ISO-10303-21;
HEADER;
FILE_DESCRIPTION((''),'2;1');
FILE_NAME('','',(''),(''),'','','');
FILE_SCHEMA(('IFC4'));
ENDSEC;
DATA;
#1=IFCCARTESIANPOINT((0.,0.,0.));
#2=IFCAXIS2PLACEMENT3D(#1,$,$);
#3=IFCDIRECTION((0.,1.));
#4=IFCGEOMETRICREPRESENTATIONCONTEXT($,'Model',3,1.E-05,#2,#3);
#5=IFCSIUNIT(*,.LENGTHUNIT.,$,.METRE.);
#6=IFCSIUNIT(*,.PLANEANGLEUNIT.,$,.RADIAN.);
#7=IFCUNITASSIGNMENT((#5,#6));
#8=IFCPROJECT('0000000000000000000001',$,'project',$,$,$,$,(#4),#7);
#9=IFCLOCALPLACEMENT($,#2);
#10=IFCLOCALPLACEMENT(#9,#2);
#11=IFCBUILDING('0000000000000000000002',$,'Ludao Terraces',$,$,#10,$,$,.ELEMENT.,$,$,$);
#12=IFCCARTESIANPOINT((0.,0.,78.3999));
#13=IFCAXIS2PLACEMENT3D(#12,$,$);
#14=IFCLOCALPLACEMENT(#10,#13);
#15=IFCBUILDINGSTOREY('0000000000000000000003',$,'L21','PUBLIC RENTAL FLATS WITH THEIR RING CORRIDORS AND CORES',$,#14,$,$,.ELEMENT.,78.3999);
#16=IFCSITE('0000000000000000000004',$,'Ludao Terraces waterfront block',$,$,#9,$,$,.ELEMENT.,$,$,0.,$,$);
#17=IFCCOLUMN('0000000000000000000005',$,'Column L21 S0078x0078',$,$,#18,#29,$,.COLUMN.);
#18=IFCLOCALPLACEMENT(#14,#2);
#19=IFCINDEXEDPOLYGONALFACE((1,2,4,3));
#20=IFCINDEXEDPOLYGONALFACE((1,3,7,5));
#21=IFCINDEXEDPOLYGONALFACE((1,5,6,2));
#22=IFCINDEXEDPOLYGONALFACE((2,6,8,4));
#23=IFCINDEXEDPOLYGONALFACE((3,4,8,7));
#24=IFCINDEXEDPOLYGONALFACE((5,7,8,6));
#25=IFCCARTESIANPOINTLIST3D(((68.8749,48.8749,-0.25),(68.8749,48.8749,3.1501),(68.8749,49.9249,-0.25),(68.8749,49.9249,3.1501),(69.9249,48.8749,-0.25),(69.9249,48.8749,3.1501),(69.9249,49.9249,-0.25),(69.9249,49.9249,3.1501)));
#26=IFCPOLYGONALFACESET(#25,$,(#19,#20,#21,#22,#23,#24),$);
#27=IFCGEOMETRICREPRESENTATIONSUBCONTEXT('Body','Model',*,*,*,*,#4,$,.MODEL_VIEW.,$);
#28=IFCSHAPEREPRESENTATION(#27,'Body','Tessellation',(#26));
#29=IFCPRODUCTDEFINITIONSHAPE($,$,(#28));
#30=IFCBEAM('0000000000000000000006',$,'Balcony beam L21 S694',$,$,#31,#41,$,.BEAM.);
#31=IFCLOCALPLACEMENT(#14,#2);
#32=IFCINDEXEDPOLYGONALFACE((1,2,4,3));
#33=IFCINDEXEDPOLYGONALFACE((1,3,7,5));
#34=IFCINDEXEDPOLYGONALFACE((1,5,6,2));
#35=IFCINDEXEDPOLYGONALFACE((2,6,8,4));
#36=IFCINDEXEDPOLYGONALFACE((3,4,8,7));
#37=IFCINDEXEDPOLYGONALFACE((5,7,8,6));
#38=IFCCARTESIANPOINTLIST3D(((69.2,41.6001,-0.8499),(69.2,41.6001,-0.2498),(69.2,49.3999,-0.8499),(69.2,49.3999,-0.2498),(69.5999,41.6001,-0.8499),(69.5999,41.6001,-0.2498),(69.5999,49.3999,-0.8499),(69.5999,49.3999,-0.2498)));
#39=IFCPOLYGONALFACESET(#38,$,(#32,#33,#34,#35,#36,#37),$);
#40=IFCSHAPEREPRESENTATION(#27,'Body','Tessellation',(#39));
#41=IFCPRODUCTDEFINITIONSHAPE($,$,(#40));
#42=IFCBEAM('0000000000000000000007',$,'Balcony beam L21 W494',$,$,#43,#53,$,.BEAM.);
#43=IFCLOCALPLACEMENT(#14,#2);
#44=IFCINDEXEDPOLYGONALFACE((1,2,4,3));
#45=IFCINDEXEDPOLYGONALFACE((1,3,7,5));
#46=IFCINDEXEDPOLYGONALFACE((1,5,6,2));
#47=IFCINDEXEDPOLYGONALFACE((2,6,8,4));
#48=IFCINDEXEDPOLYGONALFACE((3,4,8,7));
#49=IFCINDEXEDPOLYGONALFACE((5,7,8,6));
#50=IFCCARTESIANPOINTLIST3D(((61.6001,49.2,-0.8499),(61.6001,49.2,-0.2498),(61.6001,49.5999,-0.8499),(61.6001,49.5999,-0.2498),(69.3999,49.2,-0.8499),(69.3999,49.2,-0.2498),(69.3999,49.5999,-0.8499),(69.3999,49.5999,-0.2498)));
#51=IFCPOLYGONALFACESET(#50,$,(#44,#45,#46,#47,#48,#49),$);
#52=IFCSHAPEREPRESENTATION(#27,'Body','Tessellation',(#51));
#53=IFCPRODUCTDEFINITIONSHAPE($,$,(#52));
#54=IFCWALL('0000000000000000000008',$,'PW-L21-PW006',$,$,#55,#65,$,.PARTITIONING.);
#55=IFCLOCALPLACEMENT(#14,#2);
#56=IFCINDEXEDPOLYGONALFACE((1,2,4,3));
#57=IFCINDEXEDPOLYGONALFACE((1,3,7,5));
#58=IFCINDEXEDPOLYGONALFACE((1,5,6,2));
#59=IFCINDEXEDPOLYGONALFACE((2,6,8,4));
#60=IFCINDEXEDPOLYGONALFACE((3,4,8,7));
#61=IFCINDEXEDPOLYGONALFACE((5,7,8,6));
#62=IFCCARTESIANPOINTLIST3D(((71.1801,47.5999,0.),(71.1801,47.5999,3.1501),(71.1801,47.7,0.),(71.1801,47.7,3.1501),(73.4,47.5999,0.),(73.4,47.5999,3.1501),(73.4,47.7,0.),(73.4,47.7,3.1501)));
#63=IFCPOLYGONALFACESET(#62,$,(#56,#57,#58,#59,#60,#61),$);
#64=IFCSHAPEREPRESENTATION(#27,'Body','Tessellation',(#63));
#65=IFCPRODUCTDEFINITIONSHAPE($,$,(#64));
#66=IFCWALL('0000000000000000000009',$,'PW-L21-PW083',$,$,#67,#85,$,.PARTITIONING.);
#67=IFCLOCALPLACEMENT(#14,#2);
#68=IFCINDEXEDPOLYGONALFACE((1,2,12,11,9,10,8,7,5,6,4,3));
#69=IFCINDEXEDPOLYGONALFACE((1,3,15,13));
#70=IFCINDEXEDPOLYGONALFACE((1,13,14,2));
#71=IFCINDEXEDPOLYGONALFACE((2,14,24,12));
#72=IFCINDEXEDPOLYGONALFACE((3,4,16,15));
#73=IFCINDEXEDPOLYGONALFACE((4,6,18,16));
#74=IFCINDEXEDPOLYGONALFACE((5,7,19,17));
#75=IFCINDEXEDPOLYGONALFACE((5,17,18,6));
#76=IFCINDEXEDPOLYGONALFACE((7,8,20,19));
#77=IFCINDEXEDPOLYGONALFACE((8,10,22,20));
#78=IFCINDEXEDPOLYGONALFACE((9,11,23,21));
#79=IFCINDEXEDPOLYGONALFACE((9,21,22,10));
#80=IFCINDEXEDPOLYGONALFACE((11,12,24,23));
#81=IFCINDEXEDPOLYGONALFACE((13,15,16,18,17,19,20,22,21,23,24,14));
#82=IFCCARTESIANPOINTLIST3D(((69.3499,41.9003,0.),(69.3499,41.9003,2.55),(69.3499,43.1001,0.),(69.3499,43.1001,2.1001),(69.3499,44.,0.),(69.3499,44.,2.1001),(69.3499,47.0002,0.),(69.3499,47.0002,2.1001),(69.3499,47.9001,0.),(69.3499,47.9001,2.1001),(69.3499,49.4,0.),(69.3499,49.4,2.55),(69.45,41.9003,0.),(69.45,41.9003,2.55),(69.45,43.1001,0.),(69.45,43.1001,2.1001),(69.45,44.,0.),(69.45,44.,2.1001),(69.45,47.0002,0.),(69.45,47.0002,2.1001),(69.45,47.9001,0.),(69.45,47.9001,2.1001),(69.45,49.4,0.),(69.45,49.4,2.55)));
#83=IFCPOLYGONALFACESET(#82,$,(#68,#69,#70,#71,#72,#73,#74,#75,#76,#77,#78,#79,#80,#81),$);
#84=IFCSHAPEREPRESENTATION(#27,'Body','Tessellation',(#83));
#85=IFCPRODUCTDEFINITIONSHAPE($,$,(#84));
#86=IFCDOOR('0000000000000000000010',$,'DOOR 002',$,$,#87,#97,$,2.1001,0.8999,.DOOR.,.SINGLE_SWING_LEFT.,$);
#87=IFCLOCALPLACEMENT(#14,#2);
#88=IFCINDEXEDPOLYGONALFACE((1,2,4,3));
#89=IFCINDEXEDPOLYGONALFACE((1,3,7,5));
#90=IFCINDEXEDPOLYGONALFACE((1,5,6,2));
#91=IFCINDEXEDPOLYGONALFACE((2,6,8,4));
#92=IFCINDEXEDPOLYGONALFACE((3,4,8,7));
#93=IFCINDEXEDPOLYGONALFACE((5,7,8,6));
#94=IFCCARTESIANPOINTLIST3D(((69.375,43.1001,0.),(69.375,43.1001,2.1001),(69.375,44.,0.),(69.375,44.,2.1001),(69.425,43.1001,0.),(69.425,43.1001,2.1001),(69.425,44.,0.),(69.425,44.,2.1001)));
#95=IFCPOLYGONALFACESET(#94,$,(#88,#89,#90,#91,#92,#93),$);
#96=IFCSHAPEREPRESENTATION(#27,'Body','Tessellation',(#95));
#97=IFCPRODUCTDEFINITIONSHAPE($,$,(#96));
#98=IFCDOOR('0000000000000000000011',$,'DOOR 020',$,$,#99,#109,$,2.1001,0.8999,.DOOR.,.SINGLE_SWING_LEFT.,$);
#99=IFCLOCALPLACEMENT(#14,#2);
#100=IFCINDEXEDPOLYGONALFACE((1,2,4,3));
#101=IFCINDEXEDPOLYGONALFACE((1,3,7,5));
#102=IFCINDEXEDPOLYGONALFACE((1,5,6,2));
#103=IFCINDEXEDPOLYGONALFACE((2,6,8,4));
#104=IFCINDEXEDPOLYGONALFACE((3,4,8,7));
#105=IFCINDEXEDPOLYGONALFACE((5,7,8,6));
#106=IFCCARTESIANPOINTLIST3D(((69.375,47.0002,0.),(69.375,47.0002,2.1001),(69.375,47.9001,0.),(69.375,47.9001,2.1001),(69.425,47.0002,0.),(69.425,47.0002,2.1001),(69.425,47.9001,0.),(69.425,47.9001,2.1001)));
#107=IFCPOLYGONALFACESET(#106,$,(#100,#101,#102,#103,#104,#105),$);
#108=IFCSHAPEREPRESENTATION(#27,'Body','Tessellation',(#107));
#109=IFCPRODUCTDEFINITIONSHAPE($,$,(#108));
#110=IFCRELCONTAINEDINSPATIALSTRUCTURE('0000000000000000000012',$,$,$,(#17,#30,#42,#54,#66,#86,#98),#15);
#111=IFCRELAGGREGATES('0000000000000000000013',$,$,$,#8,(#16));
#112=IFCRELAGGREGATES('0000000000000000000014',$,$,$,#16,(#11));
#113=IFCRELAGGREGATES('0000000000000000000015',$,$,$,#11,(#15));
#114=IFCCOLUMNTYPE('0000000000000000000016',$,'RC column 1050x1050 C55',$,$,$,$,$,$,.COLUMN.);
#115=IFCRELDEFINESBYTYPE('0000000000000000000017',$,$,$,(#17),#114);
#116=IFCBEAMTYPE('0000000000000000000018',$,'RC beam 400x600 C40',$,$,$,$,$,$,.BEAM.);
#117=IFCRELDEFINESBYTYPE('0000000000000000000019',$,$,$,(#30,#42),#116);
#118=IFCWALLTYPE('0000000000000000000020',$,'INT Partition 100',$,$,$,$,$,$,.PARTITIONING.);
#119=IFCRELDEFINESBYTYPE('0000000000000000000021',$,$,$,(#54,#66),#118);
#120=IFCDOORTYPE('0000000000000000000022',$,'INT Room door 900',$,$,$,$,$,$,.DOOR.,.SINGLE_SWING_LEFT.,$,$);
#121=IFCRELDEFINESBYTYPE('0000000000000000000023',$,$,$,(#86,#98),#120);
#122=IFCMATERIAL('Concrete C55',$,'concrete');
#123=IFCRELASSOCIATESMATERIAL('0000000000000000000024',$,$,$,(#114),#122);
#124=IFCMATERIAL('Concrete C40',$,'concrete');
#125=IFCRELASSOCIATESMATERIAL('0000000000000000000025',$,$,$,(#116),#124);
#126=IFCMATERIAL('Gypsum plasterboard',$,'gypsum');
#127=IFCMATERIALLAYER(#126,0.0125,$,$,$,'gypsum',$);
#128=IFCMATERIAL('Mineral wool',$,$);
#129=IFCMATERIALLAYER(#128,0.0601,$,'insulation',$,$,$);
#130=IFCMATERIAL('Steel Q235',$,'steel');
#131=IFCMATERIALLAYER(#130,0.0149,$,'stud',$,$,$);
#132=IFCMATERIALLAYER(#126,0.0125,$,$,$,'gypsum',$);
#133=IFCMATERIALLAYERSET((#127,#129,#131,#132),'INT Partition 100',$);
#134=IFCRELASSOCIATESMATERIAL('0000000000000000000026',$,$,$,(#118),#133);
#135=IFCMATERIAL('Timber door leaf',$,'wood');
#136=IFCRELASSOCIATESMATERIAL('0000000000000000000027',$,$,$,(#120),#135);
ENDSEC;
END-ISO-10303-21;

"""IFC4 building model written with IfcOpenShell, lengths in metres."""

from ifc_helpers import new_model, si_unit, direction, frame, frame_2d, origin, origin_2d, place, context, subcontext, project, spatial, rectangle, extrude, material, layer, layer_set, material_profile, profile_set, type_object, element, fill, save


model = new_model("IFC4")

# Units and contexts
model_context = context("Model", 3, precision=1e-05, world=origin(), true_north=direction((0.0, 1.0)))
body_context = subcontext(model_context, "Body", "Model", "MODEL_VIEW")
ifc_project = project(units=[si_unit("LENGTHUNIT", "METRE"), si_unit("PLANEANGLEUNIT", "RADIAN")], contexts=[model_context])

# Site, building, storey
site_placement = place(None, origin())
site = spatial("IfcSite", under=ifc_project, at=site_placement, Name="Ludao Terraces waterfront block", CompositionType="ELEMENT", RefElevation=0.0)
building_placement = place(site_placement, origin())
building = spatial("IfcBuilding", under=site, at=building_placement, Name="Ludao Terraces", CompositionType="ELEMENT")
storey_placement = place(building_placement, frame((0.0, 0.0, 78.3999)))
storey = spatial("IfcBuildingStorey", under=building, at=storey_placement, Name="L21", Description="PUBLIC RENTAL FLATS WITH THEIR RING CORRIDORS AND CORES", CompositionType="ELEMENT", Elevation=78.3999)

# Column
ifc_material_1 = material(Name="Concrete C55", Category="concrete")
ifc_material_profile_1 = material_profile(ifc_material_1, rectangle(XDim=1.05, YDim=1.05, at=origin_2d()), Name="1050 X 1050")
ifc_profile_set_1 = profile_set([ifc_material_profile_1], Name="Concrete C55")
column_type = type_object("IfcColumnType", Name="RC column 1050x1050 C55", PredefinedType="COLUMN", material=ifc_profile_set_1)
column_placement = place(storey_placement, frame((69.3999, 49.3999, -0.25), z_axis=(0.0, 0.0, 1.0), x_axis=(1.0, 0.0, 0.0)))
element("IfcColumn", 1, at=column_placement, inside=storey, type_object=column_type, Name="Column L21 S0078x0078", PredefinedType="COLUMN", context=body_context, shape_type="SweptSolid", body=[
    extrude(rectangle(XDim=1.05, YDim=1.05, at=origin_2d()), origin(), (0.0, 0.0, 1.0), 3.4001),
])

# Beams
ifc_material_2 = material(Name="Concrete C40", Category="concrete")
ifc_material_profile_2 = material_profile(ifc_material_2, rectangle(XDim=0.3999, YDim=0.6001, at=origin_2d()), Name="400 X 600")
ifc_profile_set_2 = profile_set([ifc_material_profile_2], Name="Concrete C40")
beam_type = type_object("IfcBeamType", Name="RC beam 400x600 C40", PredefinedType="BEAM", material=ifc_profile_set_2)
for number, where, z_axis, x_axis, name in (
    (2, (69.3999, 49.3999, -0.5498), (0.0, -1.0, 0.0), (1.0, 0.0, 0.0), "Balcony beam L21 S694"),
    (3, (69.3999, 49.3999, -0.5498), (-1.0, 0.0, 0.0), (0.0, -1.0, 0.0), "Balcony beam L21 W494"),
):
    element("IfcBeam", number, at=place(storey_placement, frame(where, z_axis=z_axis, x_axis=x_axis)), inside=storey, type_object=beam_type, Name=name, PredefinedType="BEAM", context=body_context, shape_type="SweptSolid", body=[
        extrude(rectangle(XDim=0.3999, YDim=0.6001, at=origin_2d()), origin(), (0.0, 0.0, 1.0), 7.7998),
    ])

# Wall
ifc_material_3 = material(Name="Gypsum plasterboard", Category="gypsum")
ifc_layer_1 = layer(ifc_material_3, 0.0125, Category="gypsum")
ifc_material_4 = material(Name="Mineral wool")
ifc_layer_2 = layer(ifc_material_4, 0.0601, Name="insulation")
ifc_material_5 = material(Name="Steel Q235", Category="steel")
ifc_layer_3 = layer(ifc_material_5, 0.0149, Name="stud")
ifc_layer_4 = layer(ifc_material_3, 0.0125, Category="gypsum")
ifc_layer_set = layer_set([ifc_layer_1, ifc_layer_2, ifc_layer_3, ifc_layer_4], Name="INT Partition 100")
wall_type = type_object("IfcWallType", Name="INT Partition 100", PredefinedType="PARTITIONING", material=ifc_layer_set)
wall_1_placement = place(storey_placement, frame((71.1802, 47.6499, 0.0), z_axis=(0.0, 0.0, 1.0), x_axis=(1.0, 0.0, 0.0)))
element("IfcWall", 4, at=wall_1_placement, inside=storey, type_object=wall_type, Name="PW-L21-PW006", PredefinedType="PARTITIONING", context=body_context, shape_type="SweptSolid", body=[
    extrude(rectangle(XDim=2.22, YDim=0.1001, at=frame_2d((1.1099, 0.0))), origin(), (0.0, 0.0, 1.0), 3.1501),
])

# Wall, openings, doors
wall_2_placement = place(storey_placement, frame((69.3999, 41.9001, 0.0), z_axis=(0.0, 0.0, 1.0), x_axis=(0.0, 1.0, 0.0)))
wall_2 = element("IfcWall", 5, at=wall_2_placement, inside=storey, type_object=wall_type, Name="PW-L21-PW083", PredefinedType="PARTITIONING", context=body_context, shape_type="SweptSolid", body=[
    extrude(rectangle(XDim=7.4998, YDim=0.1001, at=frame_2d((3.75, 0.0))), origin(), (0.0, 0.0, 1.0), 2.55),
])
opening_1_placement = place(wall_2_placement, frame((1.2, 0.0, 0.0)))
opening_1 = element("IfcOpeningElement", 6, at=opening_1_placement, cuts=wall_2, PredefinedType="OPENING", context=body_context, shape_type="SweptSolid", body=[
    extrude(rectangle(XDim=0.8999, YDim=2.1001, at=frame_2d((0.45, 1.05))), frame((0.0, 0.0601, 0.0), z_axis=(0.0, -1.0, 0.0), x_axis=(1.0, 0.0, 0.0)), (0.0, 0.0, 1.0), 0.1201),
])
opening_2_placement = place(wall_2_placement, frame((5.1001, 0.0, 0.0)))
opening_2 = element("IfcOpeningElement", 7, at=opening_2_placement, cuts=wall_2, PredefinedType="OPENING", context=body_context, shape_type="SweptSolid", body=[
    extrude(rectangle(XDim=0.8999, YDim=2.1001, at=frame_2d((0.45, 1.05))), frame((0.0, 0.0601, 0.0), z_axis=(0.0, -1.0, 0.0), x_axis=(1.0, 0.0, 0.0)), (0.0, 0.0, 1.0), 0.1201),
])
ifc_material_6 = material(Name="Timber door leaf", Category="wood")
door_type_1 = type_object("IfcDoorType", Name="INT Room door 900", OperationType="SINGLE_SWING_LEFT", PredefinedType="DOOR", material=ifc_material_6)
door_1_placement = place(opening_1_placement, origin())
door_1 = element("IfcDoor", 8, at=door_1_placement, inside=storey, type_object=door_type_1, Name="DOOR 002", OperationType="SINGLE_SWING_LEFT", OverallHeight=2.1001, OverallWidth=0.8999, PredefinedType="DOOR", context=body_context, shape_type="SweptSolid", body=[
    extrude(rectangle(XDim=0.8999, YDim=2.1001, at=frame_2d((0.45, 1.05))), frame((0.0, 0.0249, 0.0), z_axis=(0.0, -1.0, 0.0), x_axis=(1.0, 0.0, 0.0)), (0.0, 0.0, 1.0), 0.05),
])
fill(opening_1, door_1)
door_2_placement = place(opening_2_placement, origin())
door_2 = element("IfcDoor", 9, at=door_2_placement, inside=storey, type_object=door_type_1, Name="DOOR 020", OperationType="SINGLE_SWING_LEFT", OverallHeight=2.1001, OverallWidth=0.8999, PredefinedType="DOOR", context=body_context, shape_type="SweptSolid", body=[
    extrude(rectangle(XDim=0.8999, YDim=2.1001, at=frame_2d((0.45, 1.05))), frame((0.0, 0.0249, 0.0), z_axis=(0.0, -1.0, 0.0), x_axis=(1.0, 0.0, 0.0)), (0.0, 0.0, 1.0), 0.05),
])
fill(opening_2, door_2)

save(model, "model.ifc")
